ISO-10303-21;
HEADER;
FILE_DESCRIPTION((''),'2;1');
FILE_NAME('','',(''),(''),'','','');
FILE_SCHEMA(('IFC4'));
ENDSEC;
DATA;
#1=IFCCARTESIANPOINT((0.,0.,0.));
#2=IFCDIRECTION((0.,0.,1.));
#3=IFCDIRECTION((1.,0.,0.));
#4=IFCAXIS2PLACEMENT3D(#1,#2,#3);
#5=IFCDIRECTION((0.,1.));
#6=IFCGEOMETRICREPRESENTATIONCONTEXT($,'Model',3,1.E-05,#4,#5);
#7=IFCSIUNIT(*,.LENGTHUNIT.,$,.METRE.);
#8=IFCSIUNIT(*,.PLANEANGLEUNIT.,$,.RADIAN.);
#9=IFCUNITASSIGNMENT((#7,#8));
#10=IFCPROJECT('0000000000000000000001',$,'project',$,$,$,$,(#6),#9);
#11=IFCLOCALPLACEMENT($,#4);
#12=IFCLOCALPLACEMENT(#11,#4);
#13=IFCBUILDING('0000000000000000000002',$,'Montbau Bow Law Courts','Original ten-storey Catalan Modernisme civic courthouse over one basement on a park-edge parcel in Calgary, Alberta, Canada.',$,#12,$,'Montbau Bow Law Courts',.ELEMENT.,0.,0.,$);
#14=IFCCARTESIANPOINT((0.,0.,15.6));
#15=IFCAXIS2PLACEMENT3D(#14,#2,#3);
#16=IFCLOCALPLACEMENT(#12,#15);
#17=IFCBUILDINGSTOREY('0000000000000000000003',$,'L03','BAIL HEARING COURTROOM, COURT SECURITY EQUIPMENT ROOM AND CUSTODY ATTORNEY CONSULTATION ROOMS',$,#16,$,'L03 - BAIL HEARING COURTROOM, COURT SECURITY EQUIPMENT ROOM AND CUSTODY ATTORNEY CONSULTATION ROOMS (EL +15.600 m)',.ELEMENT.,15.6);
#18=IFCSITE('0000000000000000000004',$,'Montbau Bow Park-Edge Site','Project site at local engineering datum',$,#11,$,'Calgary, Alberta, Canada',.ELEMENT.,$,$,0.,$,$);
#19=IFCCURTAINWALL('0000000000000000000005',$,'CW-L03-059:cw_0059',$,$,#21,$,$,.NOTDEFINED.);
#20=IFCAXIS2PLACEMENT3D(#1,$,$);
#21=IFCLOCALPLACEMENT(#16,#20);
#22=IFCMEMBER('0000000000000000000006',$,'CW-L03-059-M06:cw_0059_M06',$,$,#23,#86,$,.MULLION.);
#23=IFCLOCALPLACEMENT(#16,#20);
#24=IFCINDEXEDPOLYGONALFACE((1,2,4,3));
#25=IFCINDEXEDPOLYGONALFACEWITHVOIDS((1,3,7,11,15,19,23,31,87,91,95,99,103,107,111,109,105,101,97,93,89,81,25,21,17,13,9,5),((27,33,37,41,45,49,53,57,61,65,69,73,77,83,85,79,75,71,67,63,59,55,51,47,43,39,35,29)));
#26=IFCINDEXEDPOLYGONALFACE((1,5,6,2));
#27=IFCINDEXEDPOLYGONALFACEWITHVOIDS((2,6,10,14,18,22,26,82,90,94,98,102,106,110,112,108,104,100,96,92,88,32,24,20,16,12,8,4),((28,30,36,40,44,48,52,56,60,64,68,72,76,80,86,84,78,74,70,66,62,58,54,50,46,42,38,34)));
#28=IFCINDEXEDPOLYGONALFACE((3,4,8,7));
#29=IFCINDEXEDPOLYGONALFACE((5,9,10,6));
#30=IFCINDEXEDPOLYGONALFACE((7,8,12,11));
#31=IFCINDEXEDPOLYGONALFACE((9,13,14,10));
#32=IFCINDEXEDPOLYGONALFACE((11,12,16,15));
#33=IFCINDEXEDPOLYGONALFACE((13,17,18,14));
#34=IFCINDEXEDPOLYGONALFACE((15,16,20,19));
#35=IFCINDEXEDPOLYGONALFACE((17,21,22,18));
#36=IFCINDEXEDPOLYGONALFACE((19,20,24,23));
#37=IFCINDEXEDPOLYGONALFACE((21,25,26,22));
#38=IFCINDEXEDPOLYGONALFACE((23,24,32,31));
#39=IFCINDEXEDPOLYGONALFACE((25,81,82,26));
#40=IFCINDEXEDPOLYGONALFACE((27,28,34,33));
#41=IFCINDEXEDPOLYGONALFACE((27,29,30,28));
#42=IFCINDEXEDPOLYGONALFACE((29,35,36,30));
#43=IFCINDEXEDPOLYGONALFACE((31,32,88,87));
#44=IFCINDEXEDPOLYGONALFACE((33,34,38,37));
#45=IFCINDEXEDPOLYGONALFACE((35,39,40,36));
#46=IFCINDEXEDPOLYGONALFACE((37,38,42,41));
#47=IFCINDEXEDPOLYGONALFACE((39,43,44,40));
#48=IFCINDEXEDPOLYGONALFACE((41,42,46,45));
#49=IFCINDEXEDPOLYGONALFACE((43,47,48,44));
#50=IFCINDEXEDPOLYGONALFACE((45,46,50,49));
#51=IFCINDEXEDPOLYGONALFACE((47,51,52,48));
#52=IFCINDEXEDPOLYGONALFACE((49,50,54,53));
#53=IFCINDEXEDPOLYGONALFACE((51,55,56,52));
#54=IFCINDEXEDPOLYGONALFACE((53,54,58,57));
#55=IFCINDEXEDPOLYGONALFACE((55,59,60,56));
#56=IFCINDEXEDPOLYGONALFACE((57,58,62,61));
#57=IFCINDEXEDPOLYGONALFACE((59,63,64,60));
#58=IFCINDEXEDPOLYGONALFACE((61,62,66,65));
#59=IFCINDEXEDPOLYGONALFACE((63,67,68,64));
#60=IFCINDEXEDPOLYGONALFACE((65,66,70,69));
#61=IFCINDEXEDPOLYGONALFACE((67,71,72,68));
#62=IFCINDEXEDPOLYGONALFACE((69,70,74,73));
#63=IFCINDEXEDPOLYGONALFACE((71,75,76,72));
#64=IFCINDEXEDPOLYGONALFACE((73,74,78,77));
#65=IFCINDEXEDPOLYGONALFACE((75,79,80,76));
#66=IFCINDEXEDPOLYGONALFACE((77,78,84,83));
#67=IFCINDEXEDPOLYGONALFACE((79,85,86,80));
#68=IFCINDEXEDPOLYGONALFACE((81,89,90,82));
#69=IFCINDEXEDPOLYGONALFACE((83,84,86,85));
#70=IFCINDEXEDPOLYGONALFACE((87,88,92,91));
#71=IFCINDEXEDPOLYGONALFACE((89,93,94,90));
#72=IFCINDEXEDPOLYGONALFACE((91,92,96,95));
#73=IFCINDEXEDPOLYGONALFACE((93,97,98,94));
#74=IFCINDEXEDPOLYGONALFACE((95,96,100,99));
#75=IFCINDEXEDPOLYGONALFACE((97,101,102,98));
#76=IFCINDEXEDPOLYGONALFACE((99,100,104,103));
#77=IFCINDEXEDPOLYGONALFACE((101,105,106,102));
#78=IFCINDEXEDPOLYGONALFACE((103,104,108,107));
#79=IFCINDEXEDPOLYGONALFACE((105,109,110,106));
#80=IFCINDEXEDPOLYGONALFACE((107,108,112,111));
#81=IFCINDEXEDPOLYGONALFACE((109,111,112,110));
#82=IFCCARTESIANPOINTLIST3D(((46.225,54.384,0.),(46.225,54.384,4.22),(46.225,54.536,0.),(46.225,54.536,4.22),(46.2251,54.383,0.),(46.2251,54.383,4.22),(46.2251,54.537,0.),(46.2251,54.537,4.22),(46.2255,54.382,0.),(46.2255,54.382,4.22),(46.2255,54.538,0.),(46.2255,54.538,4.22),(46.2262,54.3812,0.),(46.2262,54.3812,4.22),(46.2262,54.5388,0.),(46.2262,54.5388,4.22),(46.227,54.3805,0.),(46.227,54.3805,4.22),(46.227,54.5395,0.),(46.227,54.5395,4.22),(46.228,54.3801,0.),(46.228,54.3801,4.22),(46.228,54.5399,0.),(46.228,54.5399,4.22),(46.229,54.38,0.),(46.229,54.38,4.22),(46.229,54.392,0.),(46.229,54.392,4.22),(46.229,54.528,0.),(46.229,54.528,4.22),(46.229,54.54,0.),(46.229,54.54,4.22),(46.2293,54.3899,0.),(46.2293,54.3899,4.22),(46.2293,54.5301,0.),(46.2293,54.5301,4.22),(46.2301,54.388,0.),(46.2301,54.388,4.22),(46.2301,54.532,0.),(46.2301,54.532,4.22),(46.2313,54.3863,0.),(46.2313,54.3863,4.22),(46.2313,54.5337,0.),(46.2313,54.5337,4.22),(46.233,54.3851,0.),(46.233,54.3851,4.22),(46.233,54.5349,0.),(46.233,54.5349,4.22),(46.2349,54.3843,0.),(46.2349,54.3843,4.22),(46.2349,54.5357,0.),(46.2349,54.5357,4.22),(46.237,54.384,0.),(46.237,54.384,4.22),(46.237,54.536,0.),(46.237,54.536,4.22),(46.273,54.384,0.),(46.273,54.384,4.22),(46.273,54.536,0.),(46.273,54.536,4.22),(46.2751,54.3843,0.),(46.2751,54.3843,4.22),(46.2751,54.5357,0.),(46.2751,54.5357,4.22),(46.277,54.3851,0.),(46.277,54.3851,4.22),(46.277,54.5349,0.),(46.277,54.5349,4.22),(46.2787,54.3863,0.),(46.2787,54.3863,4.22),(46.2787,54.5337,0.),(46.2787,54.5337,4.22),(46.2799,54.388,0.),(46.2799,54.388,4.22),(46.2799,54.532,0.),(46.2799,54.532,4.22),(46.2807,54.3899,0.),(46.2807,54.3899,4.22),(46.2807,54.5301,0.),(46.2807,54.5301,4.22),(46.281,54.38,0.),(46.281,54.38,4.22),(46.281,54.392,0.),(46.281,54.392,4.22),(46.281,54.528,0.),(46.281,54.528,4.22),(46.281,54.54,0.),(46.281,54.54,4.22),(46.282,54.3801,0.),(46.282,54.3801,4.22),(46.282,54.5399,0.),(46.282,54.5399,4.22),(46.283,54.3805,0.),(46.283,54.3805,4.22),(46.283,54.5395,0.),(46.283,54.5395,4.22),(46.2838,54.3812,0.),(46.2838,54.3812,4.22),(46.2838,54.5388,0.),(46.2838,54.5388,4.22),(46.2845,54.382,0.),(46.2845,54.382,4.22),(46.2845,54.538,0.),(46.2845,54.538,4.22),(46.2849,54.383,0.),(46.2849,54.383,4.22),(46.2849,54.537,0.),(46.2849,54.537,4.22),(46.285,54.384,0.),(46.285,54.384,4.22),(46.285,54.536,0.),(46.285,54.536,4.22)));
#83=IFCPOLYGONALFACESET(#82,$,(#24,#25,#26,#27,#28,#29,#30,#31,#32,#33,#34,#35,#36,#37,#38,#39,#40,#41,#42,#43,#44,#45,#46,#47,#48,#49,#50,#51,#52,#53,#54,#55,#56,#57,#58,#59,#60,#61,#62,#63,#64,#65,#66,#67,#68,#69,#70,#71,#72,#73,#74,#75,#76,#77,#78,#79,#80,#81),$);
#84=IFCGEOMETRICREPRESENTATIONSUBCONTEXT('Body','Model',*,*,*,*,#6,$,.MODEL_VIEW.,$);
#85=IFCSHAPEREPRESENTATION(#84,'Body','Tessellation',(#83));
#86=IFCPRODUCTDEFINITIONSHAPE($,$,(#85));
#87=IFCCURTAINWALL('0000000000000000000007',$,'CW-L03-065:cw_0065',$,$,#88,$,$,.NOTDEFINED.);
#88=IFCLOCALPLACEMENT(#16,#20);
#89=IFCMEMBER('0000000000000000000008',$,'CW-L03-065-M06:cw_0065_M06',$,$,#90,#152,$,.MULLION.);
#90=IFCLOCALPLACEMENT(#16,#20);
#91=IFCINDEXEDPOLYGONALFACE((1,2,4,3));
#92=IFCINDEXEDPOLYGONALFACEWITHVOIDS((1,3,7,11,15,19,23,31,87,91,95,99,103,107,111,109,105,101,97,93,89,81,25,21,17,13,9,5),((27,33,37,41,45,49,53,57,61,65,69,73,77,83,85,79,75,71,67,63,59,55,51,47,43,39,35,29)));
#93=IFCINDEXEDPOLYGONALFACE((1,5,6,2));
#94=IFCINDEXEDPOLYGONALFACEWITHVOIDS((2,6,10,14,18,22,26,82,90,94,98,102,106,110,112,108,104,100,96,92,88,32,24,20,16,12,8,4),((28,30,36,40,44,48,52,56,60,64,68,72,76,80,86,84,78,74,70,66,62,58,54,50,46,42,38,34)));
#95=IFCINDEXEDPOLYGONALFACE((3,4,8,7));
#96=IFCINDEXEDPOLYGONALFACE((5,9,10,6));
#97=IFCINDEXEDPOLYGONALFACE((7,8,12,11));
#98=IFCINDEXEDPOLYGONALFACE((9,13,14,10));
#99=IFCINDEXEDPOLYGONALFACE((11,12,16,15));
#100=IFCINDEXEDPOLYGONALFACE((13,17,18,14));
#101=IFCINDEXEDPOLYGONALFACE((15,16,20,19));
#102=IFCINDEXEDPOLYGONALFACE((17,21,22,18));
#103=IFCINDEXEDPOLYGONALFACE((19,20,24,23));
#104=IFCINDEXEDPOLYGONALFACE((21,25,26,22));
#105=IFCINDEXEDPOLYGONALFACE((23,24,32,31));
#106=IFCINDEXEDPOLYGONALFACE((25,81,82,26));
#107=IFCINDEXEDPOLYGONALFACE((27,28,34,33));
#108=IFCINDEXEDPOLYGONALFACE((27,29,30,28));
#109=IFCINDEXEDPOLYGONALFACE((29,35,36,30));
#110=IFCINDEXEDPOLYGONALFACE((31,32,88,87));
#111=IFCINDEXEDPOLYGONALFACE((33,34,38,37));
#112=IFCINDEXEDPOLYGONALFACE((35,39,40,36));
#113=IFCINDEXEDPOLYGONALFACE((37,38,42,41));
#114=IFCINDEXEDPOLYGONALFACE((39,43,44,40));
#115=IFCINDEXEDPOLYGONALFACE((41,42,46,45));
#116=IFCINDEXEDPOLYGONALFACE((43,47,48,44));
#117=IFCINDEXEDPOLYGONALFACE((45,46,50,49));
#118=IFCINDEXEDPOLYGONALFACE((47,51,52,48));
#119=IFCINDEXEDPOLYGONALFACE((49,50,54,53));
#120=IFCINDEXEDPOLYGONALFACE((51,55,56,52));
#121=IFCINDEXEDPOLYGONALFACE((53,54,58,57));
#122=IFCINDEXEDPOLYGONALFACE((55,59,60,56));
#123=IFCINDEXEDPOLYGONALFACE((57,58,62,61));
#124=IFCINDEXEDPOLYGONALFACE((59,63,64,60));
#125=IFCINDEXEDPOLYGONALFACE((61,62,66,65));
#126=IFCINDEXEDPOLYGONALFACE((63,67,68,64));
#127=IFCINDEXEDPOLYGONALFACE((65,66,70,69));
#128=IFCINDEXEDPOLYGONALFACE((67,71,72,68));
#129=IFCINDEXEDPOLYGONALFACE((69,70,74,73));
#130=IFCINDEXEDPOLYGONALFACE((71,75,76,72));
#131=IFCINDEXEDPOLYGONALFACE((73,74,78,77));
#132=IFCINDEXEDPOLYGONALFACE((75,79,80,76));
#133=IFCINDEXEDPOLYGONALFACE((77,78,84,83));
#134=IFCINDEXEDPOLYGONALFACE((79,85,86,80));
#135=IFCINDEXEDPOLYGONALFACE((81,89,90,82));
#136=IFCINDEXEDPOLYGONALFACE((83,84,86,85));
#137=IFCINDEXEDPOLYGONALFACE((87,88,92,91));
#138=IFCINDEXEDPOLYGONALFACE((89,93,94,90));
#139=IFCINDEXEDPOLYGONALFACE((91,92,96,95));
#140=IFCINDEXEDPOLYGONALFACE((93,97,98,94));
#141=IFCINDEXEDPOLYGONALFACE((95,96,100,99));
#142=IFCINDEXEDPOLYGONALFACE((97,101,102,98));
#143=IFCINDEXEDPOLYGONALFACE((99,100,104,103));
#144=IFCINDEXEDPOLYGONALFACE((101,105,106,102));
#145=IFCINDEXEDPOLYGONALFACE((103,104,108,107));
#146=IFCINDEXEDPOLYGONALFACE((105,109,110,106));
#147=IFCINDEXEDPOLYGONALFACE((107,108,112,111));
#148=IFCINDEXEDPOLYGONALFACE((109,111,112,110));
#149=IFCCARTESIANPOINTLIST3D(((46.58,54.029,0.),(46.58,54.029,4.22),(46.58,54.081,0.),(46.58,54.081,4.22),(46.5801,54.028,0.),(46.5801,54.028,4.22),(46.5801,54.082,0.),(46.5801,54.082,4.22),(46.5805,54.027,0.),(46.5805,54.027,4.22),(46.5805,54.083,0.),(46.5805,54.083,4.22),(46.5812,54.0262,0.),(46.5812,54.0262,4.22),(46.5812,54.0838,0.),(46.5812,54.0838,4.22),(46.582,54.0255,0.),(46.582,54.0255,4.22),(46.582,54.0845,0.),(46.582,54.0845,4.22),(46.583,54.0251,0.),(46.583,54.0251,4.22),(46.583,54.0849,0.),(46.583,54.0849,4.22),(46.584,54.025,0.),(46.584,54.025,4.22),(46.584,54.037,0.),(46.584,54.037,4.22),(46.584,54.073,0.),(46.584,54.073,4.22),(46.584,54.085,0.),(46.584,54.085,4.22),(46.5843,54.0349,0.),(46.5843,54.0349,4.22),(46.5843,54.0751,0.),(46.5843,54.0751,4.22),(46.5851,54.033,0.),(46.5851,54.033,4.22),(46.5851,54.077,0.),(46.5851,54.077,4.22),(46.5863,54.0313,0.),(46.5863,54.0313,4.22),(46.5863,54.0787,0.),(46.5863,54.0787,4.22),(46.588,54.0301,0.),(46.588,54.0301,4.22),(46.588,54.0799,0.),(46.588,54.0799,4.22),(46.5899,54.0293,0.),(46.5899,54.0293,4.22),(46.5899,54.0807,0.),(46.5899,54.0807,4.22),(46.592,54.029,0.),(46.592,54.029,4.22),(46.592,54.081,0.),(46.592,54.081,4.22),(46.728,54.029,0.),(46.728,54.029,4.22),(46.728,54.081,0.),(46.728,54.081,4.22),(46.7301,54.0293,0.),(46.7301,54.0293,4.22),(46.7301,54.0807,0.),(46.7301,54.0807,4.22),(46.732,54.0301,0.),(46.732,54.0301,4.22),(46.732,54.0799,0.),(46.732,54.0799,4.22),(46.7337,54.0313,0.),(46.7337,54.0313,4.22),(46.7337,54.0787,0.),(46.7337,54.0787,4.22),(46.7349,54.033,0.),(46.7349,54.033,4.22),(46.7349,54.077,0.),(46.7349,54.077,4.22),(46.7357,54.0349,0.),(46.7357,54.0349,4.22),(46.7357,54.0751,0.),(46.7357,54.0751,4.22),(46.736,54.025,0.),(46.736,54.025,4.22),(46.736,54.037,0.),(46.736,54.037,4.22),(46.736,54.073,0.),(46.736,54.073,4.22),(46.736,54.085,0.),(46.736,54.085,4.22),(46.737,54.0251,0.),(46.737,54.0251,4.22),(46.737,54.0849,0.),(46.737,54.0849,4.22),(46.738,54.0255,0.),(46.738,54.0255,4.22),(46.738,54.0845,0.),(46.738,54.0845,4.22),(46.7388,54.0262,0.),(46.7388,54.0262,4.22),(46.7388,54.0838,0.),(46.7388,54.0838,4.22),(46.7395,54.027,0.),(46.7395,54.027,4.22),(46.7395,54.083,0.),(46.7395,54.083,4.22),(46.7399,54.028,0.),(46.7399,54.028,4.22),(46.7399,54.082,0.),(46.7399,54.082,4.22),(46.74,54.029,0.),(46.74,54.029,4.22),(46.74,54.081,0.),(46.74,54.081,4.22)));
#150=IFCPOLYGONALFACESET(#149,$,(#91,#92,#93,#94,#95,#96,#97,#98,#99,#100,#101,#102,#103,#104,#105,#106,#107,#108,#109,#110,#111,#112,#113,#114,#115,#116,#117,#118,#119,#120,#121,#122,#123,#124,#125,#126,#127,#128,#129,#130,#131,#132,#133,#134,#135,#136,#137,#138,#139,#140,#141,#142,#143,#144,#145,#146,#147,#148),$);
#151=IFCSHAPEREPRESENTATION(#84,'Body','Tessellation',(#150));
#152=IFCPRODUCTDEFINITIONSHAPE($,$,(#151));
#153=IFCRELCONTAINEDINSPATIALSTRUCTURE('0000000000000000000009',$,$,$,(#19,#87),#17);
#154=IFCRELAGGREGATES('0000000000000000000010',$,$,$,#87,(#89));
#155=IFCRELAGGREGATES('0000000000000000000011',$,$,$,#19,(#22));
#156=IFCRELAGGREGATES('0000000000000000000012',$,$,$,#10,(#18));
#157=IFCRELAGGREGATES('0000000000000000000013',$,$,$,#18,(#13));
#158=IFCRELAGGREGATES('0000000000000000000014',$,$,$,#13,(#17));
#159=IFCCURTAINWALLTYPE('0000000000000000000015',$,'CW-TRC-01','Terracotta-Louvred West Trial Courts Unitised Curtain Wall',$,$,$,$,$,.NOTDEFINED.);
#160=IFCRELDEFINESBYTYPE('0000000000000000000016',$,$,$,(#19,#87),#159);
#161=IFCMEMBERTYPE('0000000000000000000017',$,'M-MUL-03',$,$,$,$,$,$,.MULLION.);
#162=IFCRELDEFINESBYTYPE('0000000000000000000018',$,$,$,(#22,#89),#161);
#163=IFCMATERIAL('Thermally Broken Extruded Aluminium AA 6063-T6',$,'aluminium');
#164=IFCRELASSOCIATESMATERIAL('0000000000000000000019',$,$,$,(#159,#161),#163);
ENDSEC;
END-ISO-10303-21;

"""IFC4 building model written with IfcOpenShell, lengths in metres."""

from ifc_helpers import new_model, si_unit, direction, frame, origin_with_axes, origin_2d_with_axis, place, context, subcontext, project, spatial, hollow_rectangle, extrude, material, material_profile, profile_set, type_object, element, aggregate, save


model = new_model("IFC4")

# Units and contexts
model_context = context("Model", 3, precision=1e-05, world=origin_with_axes(), true_north=direction((0.0, 1.0)))
body_context = subcontext(model_context, "Body", "Model", "MODEL_VIEW")
ifc_project = project(units=[si_unit("LENGTHUNIT", "METRE"), si_unit("PLANEANGLEUNIT", "RADIAN")], contexts=[model_context])

# Site, building, storey
site_placement = place(None, origin_with_axes())
site = spatial("IfcSite", under=ifc_project, at=site_placement, Name="Montbau Bow Park-Edge Site", Description="Project site at local engineering datum", LongName="Calgary, Alberta, Canada", CompositionType="ELEMENT", RefElevation=0.0)
building_placement = place(site_placement, origin_with_axes())
building = spatial("IfcBuilding", under=site, at=building_placement, Name="Montbau Bow Law Courts", Description="Original ten-storey Catalan Modernisme civic courthouse over one basement on a park-edge parcel in Calgary, Alberta, Canada.", LongName="Montbau Bow Law Courts", CompositionType="ELEMENT", ElevationOfRefHeight=0.0, ElevationOfTerrain=0.0)
storey_placement = place(building_placement, frame((0.0, 0.0, 15.6), z_axis=(0.0, 0.0, 1.0), x_axis=(1.0, 0.0, 0.0)))
storey = spatial("IfcBuildingStorey", under=building, at=storey_placement, Name="L03", Description="BAIL HEARING COURTROOM, COURT SECURITY EQUIPMENT ROOM AND CUSTODY ATTORNEY CONSULTATION ROOMS", LongName="L03 - BAIL HEARING COURTROOM, COURT SECURITY EQUIPMENT ROOM AND CUSTODY ATTORNEY CONSULTATION ROOMS (EL +15.600 m)", CompositionType="ELEMENT", Elevation=15.6)

# Shared definitions
ifc_material_1 = material(Name="Thermally Broken Extruded Aluminium AA 6063-T6", Category="aluminium")

# Curtain wall, member
curtain_wall_type_1 = type_object("IfcCurtainWallType", Name="CW-TRC-01", Description="Terracotta-Louvred West Trial Courts Unitised Curtain Wall", PredefinedType="NOTDEFINED", material=ifc_material_1)
curtain_wall_1_placement = place(None, frame((39.268, 54.46, 15.6), z_axis=(0.0, 0.0, 1.0), x_axis=(1.0, 0.0, 0.0)))
curtain_wall_1 = element("IfcCurtainWall", 1, at=curtain_wall_1_placement, inside=storey, type_object=curtain_wall_type_1, Name="CW-L03-059:cw_0059", PredefinedType="NOTDEFINED")
ifc_material_profile_1 = material_profile(ifc_material_1, hollow_rectangle(XDim=0.06, YDim=0.16, WallThickness=0.004, InnerFilletRadius=0.008, OuterFilletRadius=0.004, at=origin_2d_with_axis()), Name="CWM-160X60", Category="Main", Priority=0)
ifc_profile_set_1 = profile_set([ifc_material_profile_1], Name="Thermally Broken Extruded Aluminium AA 6063-T6")
member_type_1 = type_object("IfcMemberType", Name="M-MUL-03", PredefinedType="MULLION", material=ifc_profile_set_1)
member_1_placement = place(None, frame((46.255, 54.46, 15.6), z_axis=(0.0, 0.0, 1.0), x_axis=(1.0, 0.0, 0.0)))
member_1 = element("IfcMember", 2, at=member_1_placement, type_object=member_type_1, Name="CW-L03-059-M06:cw_0059_M06", PredefinedType="MULLION", context=body_context, shape_type="SweptSolid", body=[
    extrude(hollow_rectangle(XDim=0.06, YDim=0.16, WallThickness=0.004, InnerFilletRadius=0.008, OuterFilletRadius=0.004, at=origin_2d_with_axis()), origin_with_axes(), (0.0, 0.0, 1.0), 4.22),
])

# Curtain wall, member
curtain_wall_2_placement = place(None, frame((46.66, 46.715, 15.6), z_axis=(0.0, 0.0, 1.0), x_axis=(1.0, 0.0, 0.0)))
curtain_wall_2 = element("IfcCurtainWall", 3, at=curtain_wall_2_placement, inside=storey, type_object=curtain_wall_type_1, Name="CW-L03-065:cw_0065", PredefinedType="NOTDEFINED")
member_2_placement = place(None, frame((46.66, 54.055, 15.6), z_axis=(0.0, 0.0, 1.0), x_axis=(0.0, 1.0, 0.0)))
member_2 = element("IfcMember", 4, at=member_2_placement, type_object=member_type_1, Name="CW-L03-065-M06:cw_0065_M06", PredefinedType="MULLION", context=body_context, shape_type="SweptSolid", body=[
    extrude(hollow_rectangle(XDim=0.06, YDim=0.16, WallThickness=0.004, InnerFilletRadius=0.008, OuterFilletRadius=0.004, at=origin_2d_with_axis()), origin_with_axes(), (0.0, 0.0, 1.0), 4.22),
])
aggregate(curtain_wall_2, [member_2])

aggregate(curtain_wall_1, [member_1])

save(model, "model.ifc")
